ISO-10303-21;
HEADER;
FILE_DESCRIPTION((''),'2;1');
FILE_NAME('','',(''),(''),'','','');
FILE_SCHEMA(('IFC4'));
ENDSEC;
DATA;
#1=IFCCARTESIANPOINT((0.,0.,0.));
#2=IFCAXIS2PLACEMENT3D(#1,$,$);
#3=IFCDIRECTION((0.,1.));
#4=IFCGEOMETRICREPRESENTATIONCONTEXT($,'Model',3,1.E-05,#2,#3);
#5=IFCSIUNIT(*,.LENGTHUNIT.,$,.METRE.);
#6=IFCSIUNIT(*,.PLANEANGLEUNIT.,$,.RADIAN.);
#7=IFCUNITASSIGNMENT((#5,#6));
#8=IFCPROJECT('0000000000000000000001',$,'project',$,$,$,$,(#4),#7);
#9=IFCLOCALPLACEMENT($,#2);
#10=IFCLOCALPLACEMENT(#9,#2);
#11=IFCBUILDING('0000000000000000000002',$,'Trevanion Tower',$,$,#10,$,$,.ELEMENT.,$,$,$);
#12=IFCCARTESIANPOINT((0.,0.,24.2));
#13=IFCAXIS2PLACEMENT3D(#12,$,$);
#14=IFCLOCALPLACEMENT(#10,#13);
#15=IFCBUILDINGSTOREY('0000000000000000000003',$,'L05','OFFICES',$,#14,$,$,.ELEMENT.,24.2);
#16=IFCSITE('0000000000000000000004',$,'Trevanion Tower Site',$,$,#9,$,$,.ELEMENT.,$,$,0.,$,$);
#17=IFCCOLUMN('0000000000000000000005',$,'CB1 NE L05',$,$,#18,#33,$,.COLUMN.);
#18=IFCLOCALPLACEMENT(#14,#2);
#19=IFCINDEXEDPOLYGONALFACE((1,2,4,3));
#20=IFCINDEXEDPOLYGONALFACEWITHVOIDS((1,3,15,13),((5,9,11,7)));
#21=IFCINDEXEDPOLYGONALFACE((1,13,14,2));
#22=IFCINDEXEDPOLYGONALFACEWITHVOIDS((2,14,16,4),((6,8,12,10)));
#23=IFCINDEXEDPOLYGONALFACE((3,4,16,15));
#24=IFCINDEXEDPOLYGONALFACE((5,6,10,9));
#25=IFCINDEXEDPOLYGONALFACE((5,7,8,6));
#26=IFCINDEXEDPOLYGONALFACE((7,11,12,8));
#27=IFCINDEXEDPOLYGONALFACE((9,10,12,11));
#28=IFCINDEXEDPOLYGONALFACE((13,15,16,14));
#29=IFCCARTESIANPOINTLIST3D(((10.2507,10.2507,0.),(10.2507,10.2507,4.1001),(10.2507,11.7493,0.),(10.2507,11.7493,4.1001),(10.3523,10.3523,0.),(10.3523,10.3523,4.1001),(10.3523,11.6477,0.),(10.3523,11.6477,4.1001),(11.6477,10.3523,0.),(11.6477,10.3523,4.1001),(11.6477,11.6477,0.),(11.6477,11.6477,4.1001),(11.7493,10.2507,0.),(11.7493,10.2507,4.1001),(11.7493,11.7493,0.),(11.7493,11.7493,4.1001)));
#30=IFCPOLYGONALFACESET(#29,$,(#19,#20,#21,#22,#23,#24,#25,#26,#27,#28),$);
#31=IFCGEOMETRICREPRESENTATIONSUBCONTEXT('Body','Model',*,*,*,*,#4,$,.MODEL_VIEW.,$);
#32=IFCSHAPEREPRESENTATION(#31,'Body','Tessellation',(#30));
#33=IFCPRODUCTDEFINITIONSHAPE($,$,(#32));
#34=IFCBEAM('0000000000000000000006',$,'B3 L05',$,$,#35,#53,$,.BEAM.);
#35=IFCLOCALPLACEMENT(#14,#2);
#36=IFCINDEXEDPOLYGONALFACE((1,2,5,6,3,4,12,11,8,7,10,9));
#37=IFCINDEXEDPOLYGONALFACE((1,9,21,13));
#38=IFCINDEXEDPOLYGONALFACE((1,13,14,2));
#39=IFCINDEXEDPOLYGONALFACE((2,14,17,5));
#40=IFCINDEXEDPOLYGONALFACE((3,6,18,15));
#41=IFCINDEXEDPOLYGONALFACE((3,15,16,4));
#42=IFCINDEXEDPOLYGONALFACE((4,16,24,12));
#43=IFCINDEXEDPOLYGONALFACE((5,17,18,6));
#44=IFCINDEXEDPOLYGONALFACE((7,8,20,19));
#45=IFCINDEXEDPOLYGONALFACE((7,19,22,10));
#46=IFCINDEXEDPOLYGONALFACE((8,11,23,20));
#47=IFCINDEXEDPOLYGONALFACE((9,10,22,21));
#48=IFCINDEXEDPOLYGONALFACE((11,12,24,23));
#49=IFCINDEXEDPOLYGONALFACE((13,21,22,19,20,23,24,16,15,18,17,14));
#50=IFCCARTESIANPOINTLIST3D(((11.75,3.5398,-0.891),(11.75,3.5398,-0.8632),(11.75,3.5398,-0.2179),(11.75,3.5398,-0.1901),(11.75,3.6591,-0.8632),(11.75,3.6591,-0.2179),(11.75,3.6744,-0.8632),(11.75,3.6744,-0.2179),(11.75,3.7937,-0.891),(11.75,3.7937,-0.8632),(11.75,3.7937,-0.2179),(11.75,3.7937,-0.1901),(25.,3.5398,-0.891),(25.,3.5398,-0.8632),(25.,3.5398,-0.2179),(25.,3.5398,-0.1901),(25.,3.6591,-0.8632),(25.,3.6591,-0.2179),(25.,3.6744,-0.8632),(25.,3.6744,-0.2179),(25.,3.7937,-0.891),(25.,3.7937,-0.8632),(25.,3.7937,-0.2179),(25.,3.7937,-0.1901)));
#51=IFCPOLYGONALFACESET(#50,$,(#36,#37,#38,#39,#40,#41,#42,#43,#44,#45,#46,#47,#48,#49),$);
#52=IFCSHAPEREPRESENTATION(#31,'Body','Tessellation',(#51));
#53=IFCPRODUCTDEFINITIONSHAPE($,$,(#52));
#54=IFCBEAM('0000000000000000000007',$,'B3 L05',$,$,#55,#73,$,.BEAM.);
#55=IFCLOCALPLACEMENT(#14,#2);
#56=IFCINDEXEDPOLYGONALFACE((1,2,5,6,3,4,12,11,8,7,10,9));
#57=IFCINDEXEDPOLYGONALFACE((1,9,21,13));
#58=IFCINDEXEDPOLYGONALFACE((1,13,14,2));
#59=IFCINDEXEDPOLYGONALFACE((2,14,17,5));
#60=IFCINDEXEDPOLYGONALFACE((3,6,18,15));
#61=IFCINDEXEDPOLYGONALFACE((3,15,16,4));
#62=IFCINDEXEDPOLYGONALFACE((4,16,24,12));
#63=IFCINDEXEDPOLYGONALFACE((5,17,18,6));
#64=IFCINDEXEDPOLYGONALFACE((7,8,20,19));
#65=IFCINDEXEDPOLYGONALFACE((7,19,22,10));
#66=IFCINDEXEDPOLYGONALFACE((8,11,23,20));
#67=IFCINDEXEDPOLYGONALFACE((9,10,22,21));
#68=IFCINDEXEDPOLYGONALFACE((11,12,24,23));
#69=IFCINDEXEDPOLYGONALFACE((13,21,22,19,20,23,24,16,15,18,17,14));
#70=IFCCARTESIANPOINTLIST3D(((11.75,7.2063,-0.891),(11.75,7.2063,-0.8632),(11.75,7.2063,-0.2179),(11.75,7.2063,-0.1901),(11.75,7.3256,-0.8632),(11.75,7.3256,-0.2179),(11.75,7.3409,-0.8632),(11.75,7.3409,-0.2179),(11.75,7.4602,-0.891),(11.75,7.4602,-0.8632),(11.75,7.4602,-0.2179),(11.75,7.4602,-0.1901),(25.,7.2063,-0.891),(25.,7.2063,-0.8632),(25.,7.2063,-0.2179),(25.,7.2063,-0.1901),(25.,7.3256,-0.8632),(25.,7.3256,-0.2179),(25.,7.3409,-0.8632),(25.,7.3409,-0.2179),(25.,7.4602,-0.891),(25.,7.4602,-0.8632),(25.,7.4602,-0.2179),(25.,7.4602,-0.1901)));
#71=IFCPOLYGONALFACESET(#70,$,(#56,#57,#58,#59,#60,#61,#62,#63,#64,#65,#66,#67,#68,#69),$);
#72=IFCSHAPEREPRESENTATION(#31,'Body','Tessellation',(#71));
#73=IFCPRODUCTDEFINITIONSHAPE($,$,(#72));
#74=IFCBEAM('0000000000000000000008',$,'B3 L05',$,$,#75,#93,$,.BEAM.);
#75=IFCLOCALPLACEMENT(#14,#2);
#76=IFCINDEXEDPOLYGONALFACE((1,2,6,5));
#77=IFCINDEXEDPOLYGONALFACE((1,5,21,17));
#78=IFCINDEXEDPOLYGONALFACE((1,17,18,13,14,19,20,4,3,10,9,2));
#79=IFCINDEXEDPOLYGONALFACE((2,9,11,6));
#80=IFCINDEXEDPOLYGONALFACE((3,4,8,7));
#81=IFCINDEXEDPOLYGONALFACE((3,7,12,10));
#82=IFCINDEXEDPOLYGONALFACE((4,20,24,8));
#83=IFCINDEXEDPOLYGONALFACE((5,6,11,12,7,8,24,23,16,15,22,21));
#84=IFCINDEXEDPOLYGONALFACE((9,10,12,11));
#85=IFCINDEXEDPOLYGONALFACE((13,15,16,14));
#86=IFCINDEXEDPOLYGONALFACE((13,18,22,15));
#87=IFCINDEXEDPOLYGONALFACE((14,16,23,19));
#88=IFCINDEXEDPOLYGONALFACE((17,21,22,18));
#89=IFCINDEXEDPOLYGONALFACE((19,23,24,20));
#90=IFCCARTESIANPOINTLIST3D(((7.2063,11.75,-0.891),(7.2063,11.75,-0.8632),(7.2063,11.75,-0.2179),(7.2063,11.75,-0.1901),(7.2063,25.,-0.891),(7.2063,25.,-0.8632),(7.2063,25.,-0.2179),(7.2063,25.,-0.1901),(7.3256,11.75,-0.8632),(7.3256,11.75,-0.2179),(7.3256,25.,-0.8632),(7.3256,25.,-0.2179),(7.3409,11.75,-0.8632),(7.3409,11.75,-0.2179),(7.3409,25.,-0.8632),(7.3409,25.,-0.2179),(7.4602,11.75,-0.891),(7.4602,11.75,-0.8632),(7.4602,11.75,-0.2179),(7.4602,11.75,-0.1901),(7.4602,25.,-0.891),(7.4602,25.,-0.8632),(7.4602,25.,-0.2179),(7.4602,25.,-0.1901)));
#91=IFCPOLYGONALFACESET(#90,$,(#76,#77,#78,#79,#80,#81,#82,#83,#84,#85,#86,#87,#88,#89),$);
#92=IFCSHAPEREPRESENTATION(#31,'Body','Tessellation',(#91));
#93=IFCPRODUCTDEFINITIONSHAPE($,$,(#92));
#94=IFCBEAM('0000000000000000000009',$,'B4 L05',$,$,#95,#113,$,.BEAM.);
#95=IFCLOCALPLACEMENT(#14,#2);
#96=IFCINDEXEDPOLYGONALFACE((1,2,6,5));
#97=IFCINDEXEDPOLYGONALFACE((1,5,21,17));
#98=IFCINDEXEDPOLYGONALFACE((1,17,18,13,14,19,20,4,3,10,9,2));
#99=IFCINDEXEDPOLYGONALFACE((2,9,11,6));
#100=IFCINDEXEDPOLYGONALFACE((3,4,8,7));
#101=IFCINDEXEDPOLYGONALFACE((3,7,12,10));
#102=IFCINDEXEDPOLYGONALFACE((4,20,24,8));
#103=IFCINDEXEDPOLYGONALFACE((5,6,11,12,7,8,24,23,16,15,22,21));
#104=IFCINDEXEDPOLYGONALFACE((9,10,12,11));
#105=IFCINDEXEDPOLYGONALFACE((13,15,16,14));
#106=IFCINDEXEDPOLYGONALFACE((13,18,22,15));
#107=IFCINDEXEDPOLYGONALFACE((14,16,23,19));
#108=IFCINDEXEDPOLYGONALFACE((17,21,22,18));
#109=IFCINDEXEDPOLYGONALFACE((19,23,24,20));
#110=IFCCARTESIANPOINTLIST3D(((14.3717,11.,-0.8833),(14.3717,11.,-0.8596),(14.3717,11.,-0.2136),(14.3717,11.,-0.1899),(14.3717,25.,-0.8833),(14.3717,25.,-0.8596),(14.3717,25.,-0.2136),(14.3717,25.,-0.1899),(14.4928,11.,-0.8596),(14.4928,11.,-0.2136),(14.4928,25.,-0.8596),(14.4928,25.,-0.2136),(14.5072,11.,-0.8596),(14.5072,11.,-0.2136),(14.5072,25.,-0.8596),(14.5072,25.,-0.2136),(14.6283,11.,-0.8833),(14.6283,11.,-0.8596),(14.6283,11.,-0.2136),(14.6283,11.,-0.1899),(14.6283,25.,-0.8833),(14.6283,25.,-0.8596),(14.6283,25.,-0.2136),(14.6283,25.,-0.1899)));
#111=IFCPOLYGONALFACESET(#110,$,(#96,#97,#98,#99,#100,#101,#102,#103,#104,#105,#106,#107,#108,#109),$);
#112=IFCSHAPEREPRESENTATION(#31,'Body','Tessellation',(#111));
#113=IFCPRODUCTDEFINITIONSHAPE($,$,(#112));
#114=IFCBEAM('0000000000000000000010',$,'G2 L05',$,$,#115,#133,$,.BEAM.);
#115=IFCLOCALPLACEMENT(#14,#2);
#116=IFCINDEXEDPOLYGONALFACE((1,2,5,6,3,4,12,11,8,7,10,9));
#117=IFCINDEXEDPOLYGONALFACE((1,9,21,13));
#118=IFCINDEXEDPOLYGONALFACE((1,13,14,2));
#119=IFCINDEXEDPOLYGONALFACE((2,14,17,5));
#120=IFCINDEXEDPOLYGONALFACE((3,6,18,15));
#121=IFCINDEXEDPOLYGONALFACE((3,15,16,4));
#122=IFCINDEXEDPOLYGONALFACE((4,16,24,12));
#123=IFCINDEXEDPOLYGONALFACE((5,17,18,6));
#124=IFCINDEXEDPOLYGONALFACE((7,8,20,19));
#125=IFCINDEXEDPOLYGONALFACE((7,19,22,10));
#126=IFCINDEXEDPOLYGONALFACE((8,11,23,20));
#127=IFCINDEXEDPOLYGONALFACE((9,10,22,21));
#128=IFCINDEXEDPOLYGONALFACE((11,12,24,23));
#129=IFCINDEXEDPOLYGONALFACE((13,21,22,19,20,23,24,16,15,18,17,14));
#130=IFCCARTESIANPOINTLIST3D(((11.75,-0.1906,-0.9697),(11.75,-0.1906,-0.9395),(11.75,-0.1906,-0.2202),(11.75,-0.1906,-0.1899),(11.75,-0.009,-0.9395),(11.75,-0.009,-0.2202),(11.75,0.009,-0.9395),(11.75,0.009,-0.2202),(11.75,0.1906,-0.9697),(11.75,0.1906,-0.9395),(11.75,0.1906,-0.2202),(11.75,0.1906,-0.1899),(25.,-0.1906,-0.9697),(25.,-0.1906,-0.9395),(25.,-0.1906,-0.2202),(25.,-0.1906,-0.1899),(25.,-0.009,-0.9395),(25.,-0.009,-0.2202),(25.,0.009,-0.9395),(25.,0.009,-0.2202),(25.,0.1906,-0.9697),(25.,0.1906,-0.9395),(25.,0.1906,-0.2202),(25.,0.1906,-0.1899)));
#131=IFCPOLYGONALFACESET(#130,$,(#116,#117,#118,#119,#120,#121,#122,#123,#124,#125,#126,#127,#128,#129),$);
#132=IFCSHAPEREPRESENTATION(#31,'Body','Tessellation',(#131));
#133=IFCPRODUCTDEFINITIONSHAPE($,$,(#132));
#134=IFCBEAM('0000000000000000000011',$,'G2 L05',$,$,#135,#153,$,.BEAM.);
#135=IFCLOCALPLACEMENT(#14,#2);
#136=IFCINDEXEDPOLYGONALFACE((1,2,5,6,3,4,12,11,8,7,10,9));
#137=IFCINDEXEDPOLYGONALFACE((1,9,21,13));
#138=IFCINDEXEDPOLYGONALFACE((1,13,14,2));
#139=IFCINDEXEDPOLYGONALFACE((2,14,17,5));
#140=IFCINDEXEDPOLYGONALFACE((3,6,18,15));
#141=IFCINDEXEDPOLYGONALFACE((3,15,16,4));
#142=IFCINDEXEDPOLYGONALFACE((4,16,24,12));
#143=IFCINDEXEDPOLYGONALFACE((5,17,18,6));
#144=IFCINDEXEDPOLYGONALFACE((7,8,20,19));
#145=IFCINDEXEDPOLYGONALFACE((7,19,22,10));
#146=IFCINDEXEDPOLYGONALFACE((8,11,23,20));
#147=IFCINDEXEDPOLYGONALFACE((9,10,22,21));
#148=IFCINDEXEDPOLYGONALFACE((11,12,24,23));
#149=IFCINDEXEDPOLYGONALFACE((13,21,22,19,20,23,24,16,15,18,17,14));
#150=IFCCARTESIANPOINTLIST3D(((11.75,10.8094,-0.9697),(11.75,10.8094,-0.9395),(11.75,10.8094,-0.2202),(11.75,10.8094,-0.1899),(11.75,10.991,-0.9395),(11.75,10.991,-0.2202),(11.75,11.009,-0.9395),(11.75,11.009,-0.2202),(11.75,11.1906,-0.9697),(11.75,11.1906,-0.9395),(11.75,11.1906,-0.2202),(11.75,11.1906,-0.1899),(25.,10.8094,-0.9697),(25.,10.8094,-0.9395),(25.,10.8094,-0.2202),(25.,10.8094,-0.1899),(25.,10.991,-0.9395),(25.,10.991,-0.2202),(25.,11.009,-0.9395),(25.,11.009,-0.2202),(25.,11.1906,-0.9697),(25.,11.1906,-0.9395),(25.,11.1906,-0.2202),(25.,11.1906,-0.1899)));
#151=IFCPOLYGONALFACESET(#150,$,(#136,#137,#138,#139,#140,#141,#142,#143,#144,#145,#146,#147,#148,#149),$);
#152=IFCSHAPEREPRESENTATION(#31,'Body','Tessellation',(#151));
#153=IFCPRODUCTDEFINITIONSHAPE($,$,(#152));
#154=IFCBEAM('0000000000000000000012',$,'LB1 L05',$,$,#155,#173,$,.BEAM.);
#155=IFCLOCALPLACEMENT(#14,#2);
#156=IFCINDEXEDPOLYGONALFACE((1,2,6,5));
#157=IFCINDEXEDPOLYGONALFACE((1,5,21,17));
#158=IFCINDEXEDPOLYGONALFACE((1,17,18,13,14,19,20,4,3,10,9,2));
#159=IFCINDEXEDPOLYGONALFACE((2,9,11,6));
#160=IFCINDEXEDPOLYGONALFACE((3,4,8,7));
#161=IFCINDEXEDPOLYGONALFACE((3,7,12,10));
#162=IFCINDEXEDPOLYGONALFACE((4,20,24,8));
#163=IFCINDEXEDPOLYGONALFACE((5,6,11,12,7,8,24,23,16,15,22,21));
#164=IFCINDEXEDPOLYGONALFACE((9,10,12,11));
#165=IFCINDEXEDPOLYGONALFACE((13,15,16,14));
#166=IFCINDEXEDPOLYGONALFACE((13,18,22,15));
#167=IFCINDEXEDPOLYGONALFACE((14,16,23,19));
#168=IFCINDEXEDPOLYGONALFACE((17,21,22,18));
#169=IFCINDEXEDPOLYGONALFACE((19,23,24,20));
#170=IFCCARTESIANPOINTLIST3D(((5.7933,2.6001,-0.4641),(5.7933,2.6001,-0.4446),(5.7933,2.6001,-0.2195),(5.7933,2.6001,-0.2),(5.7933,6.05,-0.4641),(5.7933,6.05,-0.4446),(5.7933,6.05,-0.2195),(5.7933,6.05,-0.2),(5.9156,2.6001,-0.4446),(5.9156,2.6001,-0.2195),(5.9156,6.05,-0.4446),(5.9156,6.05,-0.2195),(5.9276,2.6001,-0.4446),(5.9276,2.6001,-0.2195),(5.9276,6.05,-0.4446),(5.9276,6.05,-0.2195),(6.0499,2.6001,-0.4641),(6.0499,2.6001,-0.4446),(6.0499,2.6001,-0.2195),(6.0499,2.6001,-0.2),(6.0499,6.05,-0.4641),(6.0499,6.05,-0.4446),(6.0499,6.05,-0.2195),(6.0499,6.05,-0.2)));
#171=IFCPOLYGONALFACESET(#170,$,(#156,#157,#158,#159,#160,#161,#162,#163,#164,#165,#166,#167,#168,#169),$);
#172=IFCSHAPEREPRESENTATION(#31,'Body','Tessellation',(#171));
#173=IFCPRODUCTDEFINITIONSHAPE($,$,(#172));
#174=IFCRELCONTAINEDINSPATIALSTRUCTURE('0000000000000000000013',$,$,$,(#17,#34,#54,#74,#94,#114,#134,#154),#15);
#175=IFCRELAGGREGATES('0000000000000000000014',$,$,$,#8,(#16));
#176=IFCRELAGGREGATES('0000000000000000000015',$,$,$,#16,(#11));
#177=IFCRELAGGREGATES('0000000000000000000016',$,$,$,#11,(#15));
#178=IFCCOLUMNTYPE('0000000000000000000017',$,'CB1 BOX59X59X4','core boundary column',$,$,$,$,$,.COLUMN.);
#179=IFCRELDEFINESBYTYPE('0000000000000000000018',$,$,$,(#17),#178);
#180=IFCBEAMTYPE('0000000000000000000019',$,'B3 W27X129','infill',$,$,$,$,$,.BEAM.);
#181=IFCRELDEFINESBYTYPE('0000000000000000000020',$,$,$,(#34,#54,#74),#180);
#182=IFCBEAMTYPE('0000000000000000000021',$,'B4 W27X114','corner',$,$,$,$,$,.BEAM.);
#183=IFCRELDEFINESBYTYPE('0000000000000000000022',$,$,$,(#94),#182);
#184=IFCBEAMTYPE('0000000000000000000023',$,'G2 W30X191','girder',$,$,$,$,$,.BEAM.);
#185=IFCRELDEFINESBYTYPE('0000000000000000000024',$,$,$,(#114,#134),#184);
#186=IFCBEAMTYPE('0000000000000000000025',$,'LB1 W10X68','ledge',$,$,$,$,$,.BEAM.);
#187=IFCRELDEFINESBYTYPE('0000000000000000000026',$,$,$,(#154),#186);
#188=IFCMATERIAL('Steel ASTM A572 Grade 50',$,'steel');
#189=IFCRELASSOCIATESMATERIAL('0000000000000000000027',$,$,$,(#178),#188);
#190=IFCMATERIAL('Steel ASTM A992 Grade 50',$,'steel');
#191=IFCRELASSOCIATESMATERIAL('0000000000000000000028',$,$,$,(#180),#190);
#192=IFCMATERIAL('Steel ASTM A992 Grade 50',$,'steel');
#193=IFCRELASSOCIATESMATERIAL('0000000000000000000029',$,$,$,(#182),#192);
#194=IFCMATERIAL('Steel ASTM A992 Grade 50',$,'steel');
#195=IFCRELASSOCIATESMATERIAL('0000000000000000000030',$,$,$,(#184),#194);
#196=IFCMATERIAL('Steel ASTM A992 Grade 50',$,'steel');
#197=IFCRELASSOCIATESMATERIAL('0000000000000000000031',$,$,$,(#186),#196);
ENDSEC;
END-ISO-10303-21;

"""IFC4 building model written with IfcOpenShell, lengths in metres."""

from ifc_helpers import new_model, si_unit, direction, frame, origin, origin_2d, place, context, subcontext, project, spatial, hollow_rectangle, i_section, extrude, material, material_profile, profile_set, type_object, element, save


model = new_model("IFC4")

# Units and contexts
model_context = context("Model", 3, precision=1e-05, world=origin(), true_north=direction((0.0, 1.0)))
body_context = subcontext(model_context, "Body", "Model", "MODEL_VIEW")
ifc_project = project(units=[si_unit("LENGTHUNIT", "METRE"), si_unit("PLANEANGLEUNIT", "RADIAN")], contexts=[model_context])

# Site, building, storey
site_placement = place(None, origin())
site = spatial("IfcSite", under=ifc_project, at=site_placement, Name="Trevanion Tower Site", CompositionType="ELEMENT", RefElevation=0.0)
building_placement = place(site_placement, origin())
building = spatial("IfcBuilding", under=site, at=building_placement, Name="Trevanion Tower", CompositionType="ELEMENT")
storey_placement = place(building_placement, frame((0.0, 0.0, 24.2)))
storey = spatial("IfcBuildingStorey", under=building, at=storey_placement, Name="L05", Description="OFFICES", CompositionType="ELEMENT", Elevation=24.2)

# Column
ifc_material_1 = material(Name="Steel ASTM A572 Grade 50", Category="steel")
ifc_material_profile_1 = material_profile(ifc_material_1, hollow_rectangle(XDim=1.4985, YDim=1.4985, WallThickness=0.1016, at=origin_2d()), Name="BOX59X59X4")
ifc_profile_set_1 = profile_set([ifc_material_profile_1], Name="Steel ASTM A572 Grade 50")
column_type = type_object("IfcColumnType", Name="CB1 BOX59X59X4", Description="core boundary column", PredefinedType="COLUMN", material=ifc_profile_set_1)
column_placement = place(storey_placement, frame((11.0, 11.0, 0.0), z_axis=(0.0, 0.0, 1.0), x_axis=(1.0, 0.0, 0.0)))
element("IfcColumn", 1, at=column_placement, inside=storey, type_object=column_type, Name="CB1 NE L05", PredefinedType="COLUMN", context=body_context, shape_type="SweptSolid", body=[
    extrude(hollow_rectangle(XDim=1.4985, YDim=1.4985, WallThickness=0.1016, at=origin_2d()), origin(), (0.0, 0.0, 1.0), 4.1001),
])

# Beams
ifc_material_2 = material(Name="Steel ASTM A992 Grade 50", Category="steel")
ifc_material_profile_2 = material_profile(ifc_material_2, i_section(OverallWidth=0.2539, OverallDepth=0.7009, WebThickness=0.0154, FlangeThickness=0.0278, at=origin_2d()), Name="W27X129")
ifc_profile_set_2 = profile_set([ifc_material_profile_2], Name="Steel ASTM A992 Grade 50")
beam_type_1 = type_object("IfcBeamType", Name="B3 W27X129", Description="infill", PredefinedType="BEAM", material=ifc_profile_set_2)
for number, where, z_axis, x_axis, name in (
    (2, (11.75, 3.6667, -0.5405), (1.0, 0.0, 0.0), (0.0, 1.0, 0.0), "B3 L05"),
    (3, (11.75, 7.3333, -0.5405), (1.0, 0.0, 0.0), (0.0, 1.0, 0.0), "B3 L05"),
    (4, (7.3333, 11.75, -0.5405), (0.0, 1.0, 0.0), (-1.0, 0.0, 0.0), "B3 L05"),
):
    element("IfcBeam", number, at=place(storey_placement, frame(where, z_axis=z_axis, x_axis=x_axis)), inside=storey, type_object=beam_type_1, Name=name, PredefinedType="BEAM", context=body_context, shape_type="SweptSolid", body=[
        extrude(i_section(OverallWidth=0.2539, OverallDepth=0.7009, WebThickness=0.0154, FlangeThickness=0.0278, at=origin_2d()), origin(), (0.0, 0.0, 1.0), 13.25),
    ])
ifc_material_3 = material(Name="Steel ASTM A992 Grade 50", Category="steel")
ifc_material_profile_3 = material_profile(ifc_material_3, i_section(OverallWidth=0.2566, OverallDepth=0.6934, WebThickness=0.0144, FlangeThickness=0.0237, at=origin_2d()), Name="W27X114")
ifc_profile_set_3 = profile_set([ifc_material_profile_3], Name="Steel ASTM A992 Grade 50")
beam_type_2 = type_object("IfcBeamType", Name="B4 W27X114", Description="corner", PredefinedType="BEAM", material=ifc_profile_set_3)
beam_1_placement = place(storey_placement, frame((14.5, 11.0, -0.5366), z_axis=(0.0, 1.0, 0.0), x_axis=(-1.0, 0.0, 0.0)))
element("IfcBeam", 5, at=beam_1_placement, inside=storey, type_object=beam_type_2, Name="B4 L05", PredefinedType="BEAM", context=body_context, shape_type="SweptSolid", body=[
    extrude(i_section(OverallWidth=0.2566, OverallDepth=0.6934, WebThickness=0.0144, FlangeThickness=0.0237, at=origin_2d()), origin(), (0.0, 0.0, 1.0), 14.0),
])
ifc_material_4 = material(Name="Steel ASTM A992 Grade 50", Category="steel")
ifc_material_profile_4 = material_profile(ifc_material_4, i_section(OverallWidth=0.3811, OverallDepth=0.7798, WebThickness=0.0181, FlangeThickness=0.0303, at=origin_2d()), Name="W30X191")
ifc_profile_set_4 = profile_set([ifc_material_profile_4], Name="Steel ASTM A992 Grade 50")
beam_type_3 = type_object("IfcBeamType", Name="G2 W30X191", Description="girder", PredefinedType="BEAM", material=ifc_profile_set_4)
for number, where, z_axis, x_axis, name in (
    (6, (11.75, 0.0, -0.5798), (1.0, 0.0, 0.0), (0.0, 1.0, 0.0), "G2 L05"),
    (7, (11.75, 11.0, -0.5798), (1.0, 0.0, 0.0), (0.0, 1.0, 0.0), "G2 L05"),
):
    element("IfcBeam", number, at=place(storey_placement, frame(where, z_axis=z_axis, x_axis=x_axis)), inside=storey, type_object=beam_type_3, Name=name, PredefinedType="BEAM", context=body_context, shape_type="SweptSolid", body=[
        extrude(i_section(OverallWidth=0.3811, OverallDepth=0.7798, WebThickness=0.0181, FlangeThickness=0.0303, at=origin_2d()), origin(), (0.0, 0.0, 1.0), 13.25),
    ])
ifc_material_5 = material(Name="Steel ASTM A992 Grade 50", Category="steel")
ifc_material_profile_5 = material_profile(ifc_material_5, i_section(OverallWidth=0.2566, OverallDepth=0.2642, WebThickness=0.012, FlangeThickness=0.0195, at=origin_2d()), Name="W10X68")
ifc_profile_set_5 = profile_set([ifc_material_profile_5], Name="Steel ASTM A992 Grade 50")
beam_type_4 = type_object("IfcBeamType", Name="LB1 W10X68", Description="ledge", PredefinedType="BEAM", material=ifc_profile_set_5)
beam_2_placement = place(storey_placement, frame((5.9216, 2.6001, -0.332), z_axis=(0.0, 1.0, 0.0), x_axis=(-1.0, 0.0, 0.0)))
element("IfcBeam", 8, at=beam_2_placement, inside=storey, type_object=beam_type_4, Name="LB1 L05", PredefinedType="BEAM", context=body_context, shape_type="SweptSolid", body=[
    extrude(i_section(OverallWidth=0.2566, OverallDepth=0.2642, WebThickness=0.012, FlangeThickness=0.0195, at=origin_2d()), origin(), (0.0, 0.0, 1.0), 3.45),
])

save(model, "model.ifc")
